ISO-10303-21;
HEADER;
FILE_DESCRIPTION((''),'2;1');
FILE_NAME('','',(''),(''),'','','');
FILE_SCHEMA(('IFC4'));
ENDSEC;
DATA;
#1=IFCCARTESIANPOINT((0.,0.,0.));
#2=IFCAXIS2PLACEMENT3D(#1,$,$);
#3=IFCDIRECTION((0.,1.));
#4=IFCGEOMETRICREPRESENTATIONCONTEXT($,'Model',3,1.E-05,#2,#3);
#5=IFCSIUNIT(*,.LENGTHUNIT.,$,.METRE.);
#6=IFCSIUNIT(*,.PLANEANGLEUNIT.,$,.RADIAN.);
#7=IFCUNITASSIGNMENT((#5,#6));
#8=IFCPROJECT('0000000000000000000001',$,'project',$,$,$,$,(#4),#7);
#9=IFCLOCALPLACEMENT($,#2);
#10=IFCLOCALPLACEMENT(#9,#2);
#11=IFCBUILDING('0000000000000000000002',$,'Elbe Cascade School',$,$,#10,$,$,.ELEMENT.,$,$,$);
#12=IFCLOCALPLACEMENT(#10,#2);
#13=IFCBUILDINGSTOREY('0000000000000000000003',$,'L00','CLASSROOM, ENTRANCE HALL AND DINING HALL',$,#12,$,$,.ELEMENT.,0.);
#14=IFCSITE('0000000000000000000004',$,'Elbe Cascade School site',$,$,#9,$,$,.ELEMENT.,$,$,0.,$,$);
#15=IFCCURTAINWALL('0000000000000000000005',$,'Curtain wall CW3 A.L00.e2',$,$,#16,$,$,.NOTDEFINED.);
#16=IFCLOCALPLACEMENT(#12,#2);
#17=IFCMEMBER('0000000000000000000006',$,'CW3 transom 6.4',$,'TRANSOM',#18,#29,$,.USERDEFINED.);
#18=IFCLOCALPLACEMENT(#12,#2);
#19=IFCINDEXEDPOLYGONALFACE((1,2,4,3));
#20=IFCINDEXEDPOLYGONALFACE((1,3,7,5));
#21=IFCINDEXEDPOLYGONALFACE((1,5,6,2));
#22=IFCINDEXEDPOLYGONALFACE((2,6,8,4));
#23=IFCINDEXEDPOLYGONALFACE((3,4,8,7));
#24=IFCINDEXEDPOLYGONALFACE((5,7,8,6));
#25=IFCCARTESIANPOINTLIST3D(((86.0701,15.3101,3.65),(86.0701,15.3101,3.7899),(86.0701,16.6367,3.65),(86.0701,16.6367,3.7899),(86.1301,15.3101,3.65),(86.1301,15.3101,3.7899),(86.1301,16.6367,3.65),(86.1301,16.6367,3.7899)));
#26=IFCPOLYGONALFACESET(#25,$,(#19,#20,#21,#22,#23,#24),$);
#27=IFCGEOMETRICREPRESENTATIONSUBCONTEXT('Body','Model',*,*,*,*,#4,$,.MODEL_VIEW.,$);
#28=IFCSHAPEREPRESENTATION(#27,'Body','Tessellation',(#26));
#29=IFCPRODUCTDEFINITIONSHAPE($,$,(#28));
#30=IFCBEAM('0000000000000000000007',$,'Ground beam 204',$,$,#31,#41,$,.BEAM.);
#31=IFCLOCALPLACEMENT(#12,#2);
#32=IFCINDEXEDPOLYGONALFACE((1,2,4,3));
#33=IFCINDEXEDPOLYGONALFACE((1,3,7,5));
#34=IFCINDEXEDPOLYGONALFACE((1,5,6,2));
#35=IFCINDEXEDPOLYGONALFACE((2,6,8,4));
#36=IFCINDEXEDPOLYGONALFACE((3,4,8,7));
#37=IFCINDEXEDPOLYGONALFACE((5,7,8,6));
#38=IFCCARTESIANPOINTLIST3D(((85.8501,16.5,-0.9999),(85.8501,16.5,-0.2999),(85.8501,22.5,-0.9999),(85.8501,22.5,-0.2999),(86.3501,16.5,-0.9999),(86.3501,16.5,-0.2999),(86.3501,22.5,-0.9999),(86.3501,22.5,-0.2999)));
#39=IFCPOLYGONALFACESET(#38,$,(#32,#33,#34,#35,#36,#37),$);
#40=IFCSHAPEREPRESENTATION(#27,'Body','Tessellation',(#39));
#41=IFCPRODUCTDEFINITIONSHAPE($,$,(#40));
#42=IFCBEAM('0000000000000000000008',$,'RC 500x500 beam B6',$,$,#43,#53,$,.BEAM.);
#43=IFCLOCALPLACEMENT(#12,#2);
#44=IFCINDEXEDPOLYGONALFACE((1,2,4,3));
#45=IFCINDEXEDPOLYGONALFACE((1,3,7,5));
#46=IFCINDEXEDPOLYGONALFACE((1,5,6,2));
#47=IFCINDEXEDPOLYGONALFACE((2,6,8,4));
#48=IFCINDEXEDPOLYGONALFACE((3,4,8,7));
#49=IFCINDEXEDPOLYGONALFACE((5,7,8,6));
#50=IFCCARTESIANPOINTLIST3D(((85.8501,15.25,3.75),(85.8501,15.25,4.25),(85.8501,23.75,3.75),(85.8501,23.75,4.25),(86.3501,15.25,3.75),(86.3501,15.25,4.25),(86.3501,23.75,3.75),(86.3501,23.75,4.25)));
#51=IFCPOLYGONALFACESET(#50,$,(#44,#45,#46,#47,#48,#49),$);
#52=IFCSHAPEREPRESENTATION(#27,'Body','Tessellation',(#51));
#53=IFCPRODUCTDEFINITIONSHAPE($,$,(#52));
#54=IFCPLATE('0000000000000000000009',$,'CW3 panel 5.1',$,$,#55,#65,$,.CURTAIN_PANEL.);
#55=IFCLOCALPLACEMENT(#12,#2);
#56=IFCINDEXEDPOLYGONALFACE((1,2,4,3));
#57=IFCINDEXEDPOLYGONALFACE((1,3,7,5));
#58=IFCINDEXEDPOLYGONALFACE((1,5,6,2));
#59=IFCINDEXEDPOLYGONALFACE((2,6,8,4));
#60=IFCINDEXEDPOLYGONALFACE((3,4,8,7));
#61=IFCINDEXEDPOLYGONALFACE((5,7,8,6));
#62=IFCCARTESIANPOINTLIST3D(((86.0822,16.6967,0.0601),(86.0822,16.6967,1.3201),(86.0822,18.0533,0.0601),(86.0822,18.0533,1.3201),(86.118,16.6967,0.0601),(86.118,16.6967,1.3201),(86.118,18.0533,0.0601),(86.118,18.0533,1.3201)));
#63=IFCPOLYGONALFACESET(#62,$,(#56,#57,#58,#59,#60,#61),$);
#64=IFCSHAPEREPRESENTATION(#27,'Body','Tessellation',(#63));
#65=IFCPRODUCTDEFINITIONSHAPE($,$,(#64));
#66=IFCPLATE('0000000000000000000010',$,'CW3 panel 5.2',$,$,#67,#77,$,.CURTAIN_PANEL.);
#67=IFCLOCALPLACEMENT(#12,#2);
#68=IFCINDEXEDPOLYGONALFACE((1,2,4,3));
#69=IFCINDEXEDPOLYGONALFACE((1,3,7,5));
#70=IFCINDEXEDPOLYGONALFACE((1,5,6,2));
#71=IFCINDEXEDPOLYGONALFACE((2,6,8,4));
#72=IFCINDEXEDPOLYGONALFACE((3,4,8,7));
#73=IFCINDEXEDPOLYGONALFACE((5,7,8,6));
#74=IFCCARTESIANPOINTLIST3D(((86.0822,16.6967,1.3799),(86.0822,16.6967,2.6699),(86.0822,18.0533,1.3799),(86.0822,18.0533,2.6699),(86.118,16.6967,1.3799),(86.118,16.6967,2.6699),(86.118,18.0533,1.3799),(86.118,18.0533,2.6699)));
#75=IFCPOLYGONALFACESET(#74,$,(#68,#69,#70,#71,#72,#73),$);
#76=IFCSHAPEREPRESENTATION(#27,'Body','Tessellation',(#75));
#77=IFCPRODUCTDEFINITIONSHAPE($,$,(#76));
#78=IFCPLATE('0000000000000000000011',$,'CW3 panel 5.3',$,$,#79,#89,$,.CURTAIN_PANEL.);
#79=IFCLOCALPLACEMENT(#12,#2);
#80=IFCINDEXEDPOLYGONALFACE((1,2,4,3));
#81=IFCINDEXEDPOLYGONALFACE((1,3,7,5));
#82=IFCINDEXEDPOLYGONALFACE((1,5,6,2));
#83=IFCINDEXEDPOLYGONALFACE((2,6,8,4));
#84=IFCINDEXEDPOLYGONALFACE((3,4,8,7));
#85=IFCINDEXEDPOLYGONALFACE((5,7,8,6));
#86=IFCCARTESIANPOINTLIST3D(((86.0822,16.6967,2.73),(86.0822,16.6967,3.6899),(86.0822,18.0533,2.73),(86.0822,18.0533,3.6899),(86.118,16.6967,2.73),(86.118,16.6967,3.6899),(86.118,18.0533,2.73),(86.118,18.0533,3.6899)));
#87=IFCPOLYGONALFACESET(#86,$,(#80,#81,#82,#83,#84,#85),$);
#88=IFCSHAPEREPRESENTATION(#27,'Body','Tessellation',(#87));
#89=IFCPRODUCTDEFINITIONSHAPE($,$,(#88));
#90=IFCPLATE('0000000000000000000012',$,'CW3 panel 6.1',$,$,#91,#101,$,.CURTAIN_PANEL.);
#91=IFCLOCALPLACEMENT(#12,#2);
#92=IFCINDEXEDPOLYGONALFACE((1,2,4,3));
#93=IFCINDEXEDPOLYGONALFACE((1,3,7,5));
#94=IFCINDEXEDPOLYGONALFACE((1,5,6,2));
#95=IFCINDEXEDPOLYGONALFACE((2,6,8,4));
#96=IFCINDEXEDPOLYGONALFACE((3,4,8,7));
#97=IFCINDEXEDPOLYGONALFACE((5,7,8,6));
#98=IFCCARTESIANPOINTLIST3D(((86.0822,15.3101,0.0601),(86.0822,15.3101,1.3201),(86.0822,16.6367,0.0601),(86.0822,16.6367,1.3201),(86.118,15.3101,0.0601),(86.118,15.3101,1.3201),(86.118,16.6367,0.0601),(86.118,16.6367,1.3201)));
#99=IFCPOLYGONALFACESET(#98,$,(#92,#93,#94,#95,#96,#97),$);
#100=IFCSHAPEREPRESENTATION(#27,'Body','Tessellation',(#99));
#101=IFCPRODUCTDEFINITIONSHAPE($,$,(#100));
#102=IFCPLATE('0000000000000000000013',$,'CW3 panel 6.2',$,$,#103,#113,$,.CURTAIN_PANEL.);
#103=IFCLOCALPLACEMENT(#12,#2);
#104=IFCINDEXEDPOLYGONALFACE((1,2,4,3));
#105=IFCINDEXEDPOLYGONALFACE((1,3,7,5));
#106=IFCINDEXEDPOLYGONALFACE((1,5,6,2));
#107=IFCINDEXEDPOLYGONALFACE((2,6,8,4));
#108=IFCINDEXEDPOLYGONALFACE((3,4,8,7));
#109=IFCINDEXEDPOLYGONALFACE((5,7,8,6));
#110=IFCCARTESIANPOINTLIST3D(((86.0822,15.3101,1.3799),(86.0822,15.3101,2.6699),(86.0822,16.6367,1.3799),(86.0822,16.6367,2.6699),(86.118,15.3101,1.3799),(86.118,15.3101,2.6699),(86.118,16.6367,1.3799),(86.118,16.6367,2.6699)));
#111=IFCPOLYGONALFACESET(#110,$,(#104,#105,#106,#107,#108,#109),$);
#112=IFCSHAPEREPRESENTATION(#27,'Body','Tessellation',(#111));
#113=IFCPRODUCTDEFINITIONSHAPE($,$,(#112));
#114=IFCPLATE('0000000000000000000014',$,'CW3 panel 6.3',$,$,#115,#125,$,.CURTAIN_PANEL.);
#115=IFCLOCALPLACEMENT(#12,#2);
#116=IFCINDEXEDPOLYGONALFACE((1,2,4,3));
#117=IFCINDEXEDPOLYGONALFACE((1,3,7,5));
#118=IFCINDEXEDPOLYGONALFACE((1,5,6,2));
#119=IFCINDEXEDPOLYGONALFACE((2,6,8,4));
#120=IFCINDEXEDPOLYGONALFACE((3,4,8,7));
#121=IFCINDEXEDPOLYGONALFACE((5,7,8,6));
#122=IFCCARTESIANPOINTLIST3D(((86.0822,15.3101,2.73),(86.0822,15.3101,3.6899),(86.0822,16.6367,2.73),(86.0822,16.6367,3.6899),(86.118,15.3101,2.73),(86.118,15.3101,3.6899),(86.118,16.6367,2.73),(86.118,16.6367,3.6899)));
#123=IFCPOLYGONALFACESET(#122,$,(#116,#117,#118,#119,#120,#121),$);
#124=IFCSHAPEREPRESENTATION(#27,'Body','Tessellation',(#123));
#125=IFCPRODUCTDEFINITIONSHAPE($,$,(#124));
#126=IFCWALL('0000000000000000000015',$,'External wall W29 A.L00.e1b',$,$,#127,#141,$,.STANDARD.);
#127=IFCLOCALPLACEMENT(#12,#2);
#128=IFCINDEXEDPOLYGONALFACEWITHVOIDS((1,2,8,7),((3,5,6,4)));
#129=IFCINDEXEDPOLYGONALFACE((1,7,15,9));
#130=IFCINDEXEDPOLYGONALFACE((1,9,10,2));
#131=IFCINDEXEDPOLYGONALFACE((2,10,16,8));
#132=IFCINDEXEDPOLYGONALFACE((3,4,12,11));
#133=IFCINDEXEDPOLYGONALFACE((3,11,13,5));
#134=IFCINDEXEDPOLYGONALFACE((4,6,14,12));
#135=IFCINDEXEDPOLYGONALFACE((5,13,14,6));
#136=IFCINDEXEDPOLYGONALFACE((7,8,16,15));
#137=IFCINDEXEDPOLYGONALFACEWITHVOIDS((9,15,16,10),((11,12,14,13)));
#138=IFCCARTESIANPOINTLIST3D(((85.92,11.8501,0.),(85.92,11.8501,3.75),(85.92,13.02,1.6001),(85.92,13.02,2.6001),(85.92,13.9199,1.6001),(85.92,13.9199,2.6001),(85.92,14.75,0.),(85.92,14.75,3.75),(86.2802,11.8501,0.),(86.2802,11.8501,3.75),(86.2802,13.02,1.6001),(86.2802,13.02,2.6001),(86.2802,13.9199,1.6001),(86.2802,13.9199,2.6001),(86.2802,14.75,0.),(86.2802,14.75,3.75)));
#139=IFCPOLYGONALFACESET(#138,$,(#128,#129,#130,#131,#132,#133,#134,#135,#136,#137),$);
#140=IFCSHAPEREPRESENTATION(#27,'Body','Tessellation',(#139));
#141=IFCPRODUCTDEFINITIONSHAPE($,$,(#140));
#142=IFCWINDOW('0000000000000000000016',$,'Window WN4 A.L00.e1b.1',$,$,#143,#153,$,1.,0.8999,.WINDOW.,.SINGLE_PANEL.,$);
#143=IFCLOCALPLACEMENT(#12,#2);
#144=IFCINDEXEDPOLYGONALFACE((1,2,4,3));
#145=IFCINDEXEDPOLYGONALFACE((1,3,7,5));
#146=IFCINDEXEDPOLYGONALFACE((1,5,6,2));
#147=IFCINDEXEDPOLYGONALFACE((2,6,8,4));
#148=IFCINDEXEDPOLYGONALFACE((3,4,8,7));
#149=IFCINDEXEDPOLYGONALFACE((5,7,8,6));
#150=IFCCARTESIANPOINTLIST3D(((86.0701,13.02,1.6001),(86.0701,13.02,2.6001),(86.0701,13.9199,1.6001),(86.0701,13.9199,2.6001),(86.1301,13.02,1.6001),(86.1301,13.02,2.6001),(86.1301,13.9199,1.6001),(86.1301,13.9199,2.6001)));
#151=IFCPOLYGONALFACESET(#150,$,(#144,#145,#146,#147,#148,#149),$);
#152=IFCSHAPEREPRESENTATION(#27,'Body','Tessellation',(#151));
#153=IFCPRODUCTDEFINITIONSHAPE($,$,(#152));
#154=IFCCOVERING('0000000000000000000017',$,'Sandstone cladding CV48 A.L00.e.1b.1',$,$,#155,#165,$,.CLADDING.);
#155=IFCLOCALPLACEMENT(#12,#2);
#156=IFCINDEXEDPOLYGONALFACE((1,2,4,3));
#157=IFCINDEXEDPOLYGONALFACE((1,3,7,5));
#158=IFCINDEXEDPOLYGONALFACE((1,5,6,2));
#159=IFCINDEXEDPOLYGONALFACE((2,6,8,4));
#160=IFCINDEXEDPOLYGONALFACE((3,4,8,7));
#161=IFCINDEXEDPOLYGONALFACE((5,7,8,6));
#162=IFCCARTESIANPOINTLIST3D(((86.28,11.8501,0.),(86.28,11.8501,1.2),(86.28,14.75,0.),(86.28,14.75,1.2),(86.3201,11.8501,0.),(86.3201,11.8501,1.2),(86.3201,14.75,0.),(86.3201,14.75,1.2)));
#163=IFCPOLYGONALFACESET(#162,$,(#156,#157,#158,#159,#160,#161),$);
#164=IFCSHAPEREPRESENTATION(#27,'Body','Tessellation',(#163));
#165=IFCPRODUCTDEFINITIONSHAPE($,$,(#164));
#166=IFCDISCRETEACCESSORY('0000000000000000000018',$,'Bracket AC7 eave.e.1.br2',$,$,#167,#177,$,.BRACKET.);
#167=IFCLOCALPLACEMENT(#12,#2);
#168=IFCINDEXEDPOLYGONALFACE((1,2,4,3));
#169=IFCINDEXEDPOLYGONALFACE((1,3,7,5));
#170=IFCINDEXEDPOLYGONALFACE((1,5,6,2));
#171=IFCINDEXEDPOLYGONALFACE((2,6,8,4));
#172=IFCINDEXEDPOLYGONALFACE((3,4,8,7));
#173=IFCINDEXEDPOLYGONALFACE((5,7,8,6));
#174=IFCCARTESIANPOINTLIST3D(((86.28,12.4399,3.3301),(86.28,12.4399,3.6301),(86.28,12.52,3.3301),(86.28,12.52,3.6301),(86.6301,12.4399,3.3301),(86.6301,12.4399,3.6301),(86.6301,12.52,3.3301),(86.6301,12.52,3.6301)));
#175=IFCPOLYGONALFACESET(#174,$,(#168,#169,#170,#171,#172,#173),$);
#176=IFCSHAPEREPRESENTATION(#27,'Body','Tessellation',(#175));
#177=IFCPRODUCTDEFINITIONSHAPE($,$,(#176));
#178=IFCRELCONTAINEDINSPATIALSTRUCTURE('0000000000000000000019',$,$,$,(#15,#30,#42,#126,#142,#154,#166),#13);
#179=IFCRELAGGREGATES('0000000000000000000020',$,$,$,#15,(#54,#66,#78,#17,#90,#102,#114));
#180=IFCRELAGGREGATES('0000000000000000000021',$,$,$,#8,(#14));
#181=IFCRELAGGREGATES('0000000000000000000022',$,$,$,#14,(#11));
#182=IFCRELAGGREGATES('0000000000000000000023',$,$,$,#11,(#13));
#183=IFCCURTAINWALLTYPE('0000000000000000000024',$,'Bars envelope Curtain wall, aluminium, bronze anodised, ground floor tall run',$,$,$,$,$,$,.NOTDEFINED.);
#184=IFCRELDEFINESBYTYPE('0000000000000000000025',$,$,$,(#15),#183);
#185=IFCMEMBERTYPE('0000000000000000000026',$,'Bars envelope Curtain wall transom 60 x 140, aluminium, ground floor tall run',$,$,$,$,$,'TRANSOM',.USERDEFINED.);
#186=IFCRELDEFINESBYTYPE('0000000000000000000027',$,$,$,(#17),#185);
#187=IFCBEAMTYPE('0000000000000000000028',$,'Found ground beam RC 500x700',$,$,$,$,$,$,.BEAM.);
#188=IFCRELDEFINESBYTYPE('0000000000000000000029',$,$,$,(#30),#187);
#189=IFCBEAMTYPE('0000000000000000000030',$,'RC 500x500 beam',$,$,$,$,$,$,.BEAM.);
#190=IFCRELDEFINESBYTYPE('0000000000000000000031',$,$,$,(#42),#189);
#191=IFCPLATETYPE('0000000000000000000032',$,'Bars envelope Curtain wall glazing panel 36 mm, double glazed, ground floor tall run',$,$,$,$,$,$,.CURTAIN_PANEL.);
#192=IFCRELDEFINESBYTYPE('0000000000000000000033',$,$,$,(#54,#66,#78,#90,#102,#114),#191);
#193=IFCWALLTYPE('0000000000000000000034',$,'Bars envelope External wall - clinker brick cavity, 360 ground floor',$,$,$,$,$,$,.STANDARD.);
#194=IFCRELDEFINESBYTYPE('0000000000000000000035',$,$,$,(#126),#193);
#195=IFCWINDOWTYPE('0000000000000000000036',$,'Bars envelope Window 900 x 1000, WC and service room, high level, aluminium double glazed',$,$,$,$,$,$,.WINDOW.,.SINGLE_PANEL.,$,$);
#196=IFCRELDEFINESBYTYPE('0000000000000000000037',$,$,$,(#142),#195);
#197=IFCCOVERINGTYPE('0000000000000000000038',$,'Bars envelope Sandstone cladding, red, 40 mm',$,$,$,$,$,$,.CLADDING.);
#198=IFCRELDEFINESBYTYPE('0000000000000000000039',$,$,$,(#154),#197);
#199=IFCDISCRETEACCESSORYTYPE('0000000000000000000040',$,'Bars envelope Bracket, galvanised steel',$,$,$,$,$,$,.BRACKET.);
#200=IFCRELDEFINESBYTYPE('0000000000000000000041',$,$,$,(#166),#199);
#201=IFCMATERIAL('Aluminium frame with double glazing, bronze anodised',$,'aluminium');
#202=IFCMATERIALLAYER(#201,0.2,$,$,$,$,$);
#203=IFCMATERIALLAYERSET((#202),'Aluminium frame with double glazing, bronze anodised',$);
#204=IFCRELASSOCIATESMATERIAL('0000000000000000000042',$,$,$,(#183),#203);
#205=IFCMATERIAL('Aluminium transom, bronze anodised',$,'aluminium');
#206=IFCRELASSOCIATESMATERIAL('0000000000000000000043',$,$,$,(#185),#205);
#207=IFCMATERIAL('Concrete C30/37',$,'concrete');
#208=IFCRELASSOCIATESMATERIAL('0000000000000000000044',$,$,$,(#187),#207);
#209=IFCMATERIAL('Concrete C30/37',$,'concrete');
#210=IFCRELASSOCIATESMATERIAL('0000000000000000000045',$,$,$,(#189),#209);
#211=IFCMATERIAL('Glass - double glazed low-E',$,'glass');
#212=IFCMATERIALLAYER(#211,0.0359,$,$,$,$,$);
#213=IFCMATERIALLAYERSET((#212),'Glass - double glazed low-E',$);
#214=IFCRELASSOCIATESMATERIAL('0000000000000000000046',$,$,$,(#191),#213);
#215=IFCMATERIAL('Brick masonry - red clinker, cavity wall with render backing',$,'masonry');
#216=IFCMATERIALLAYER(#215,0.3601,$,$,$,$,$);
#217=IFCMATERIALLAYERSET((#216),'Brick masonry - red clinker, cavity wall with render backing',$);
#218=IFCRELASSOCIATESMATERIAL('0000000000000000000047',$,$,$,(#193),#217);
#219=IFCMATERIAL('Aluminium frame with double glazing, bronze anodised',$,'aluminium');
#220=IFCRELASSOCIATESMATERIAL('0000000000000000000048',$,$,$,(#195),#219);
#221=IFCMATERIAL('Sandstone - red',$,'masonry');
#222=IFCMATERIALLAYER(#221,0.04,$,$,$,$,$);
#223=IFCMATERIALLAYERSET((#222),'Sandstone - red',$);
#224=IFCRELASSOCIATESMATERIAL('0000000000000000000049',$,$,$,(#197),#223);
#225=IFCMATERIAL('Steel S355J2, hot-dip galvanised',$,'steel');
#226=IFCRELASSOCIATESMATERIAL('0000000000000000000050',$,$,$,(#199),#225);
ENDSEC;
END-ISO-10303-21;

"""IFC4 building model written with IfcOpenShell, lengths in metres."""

from ifc_helpers import new_model, si_unit, direction, frame, frame_2d, origin, origin_2d, place, context, subcontext, project, spatial, rectangle, extrude, material, layer, layer_set, material_profile, profile_set, type_object, element, fill, aggregate, save


model = new_model("IFC4")

# Units and contexts
model_context = context("Model", 3, precision=1e-05, world=origin(), true_north=direction((0.0, 1.0)))
body_context = subcontext(model_context, "Body", "Model", "MODEL_VIEW")
ifc_project = project(units=[si_unit("LENGTHUNIT", "METRE"), si_unit("PLANEANGLEUNIT", "RADIAN")], contexts=[model_context])

# Site, building, storey
site_placement = place(None, origin())
site = spatial("IfcSite", under=ifc_project, at=site_placement, Name="Elbe Cascade School site", CompositionType="ELEMENT", RefElevation=0.0)
building_placement = place(site_placement, origin())
building = spatial("IfcBuilding", under=site, at=building_placement, Name="Elbe Cascade School", CompositionType="ELEMENT")
storey_placement = place(building_placement, origin())
storey = spatial("IfcBuildingStorey", under=building, at=storey_placement, Name="L00", Description="CLASSROOM, ENTRANCE HALL AND DINING HALL", CompositionType="ELEMENT", Elevation=0.0)

# Curtain wall, member
ifc_material_1 = material(Name="Aluminium frame with double glazing, bronze anodised", Category="aluminium")
ifc_layer_1 = layer(ifc_material_1, 0.2)
ifc_layer_set_1 = layer_set([ifc_layer_1], Name="Aluminium frame with double glazing, bronze anodised")
curtain_wall_type = type_object("IfcCurtainWallType", Name="Bars envelope Curtain wall, aluminium, bronze anodised, ground floor tall run", PredefinedType="NOTDEFINED", material=ifc_layer_set_1)
curtain_wall_placement = place(storey_placement, origin())
curtain_wall = element("IfcCurtainWall", 1, at=curtain_wall_placement, inside=storey, type_object=curtain_wall_type, Name="Curtain wall CW3 A.L00.e2", PredefinedType="NOTDEFINED")
ifc_material_2 = material(Name="Aluminium transom, bronze anodised", Category="aluminium")
ifc_material_profile_1 = material_profile(ifc_material_2, rectangle(XDim=0.0601, YDim=0.1399, at=origin_2d()), Name="Bars envelope Curtain wall transom 60 x 140, aluminium, ground floor tall run")
ifc_profile_set_1 = profile_set([ifc_material_profile_1], Name="Aluminium transom, bronze anodised")
member_type_1 = type_object("IfcMemberType", Name="Bars envelope Curtain wall transom 60 x 140, aluminium, ground floor tall run", ElementType="TRANSOM", PredefinedType="USERDEFINED", material=ifc_profile_set_1)
member_1_placement = place(storey_placement, frame((86.1001, 16.6367, 3.72), z_axis=(0.0, -1.0, 0.0), x_axis=(1.0, 0.0, 0.0)))
member_1 = element("IfcMember", 2, at=member_1_placement, type_object=member_type_1, Name="CW3 transom 6.4", ObjectType="TRANSOM", PredefinedType="USERDEFINED", context=body_context, shape_type="SweptSolid", body=[
    extrude(rectangle(XDim=0.0601, YDim=0.1399, at=origin_2d()), origin(), (0.0, 0.0, 1.0), 1.3267),
])

# Beams
ifc_material_3 = material(Name="Concrete C30/37", Category="concrete")
ifc_material_profile_2 = material_profile(ifc_material_3, rectangle(XDim=0.5, YDim=0.7, at=origin_2d()), Name="RC 500x700")
ifc_profile_set_2 = profile_set([ifc_material_profile_2], Name="Concrete C30/37")
beam_type_1 = type_object("IfcBeamType", Name="Found ground beam RC 500x700", PredefinedType="BEAM", material=ifc_profile_set_2)
beam_1_placement = place(storey_placement, frame((86.1001, 16.5, -0.6499), z_axis=(0.0, 1.0, 0.0), x_axis=(-1.0, 0.0, 0.0)))
element("IfcBeam", 3, at=beam_1_placement, inside=storey, type_object=beam_type_1, Name="Ground beam 204", PredefinedType="BEAM", context=body_context, shape_type="SweptSolid", body=[
    extrude(rectangle(XDim=0.5, YDim=0.7, at=origin_2d()), origin(), (0.0, 0.0, 1.0), 6.0),
])
ifc_material_4 = material(Name="Concrete C30/37", Category="concrete")
ifc_material_profile_3 = material_profile(ifc_material_4, rectangle(XDim=0.5, YDim=0.5, at=origin_2d()), Name="RC 500x500")
ifc_profile_set_3 = profile_set([ifc_material_profile_3], Name="Concrete C30/37")
beam_type_2 = type_object("IfcBeamType", Name="RC 500x500 beam", PredefinedType="BEAM", material=ifc_profile_set_3)
beam_2_placement = place(storey_placement, frame((86.1001, 15.25, 4.0), z_axis=(0.0, 1.0, 0.0), x_axis=(-1.0, 0.0, 0.0)))
element("IfcBeam", 4, at=beam_2_placement, inside=storey, type_object=beam_type_2, Name="RC 500x500 beam B6", PredefinedType="BEAM", context=body_context, shape_type="SweptSolid", body=[
    extrude(rectangle(XDim=0.5, YDim=0.5, at=origin_2d()), origin(), (0.0, 0.0, 1.0), 8.5),
])

# Plates
ifc_material_5 = material(Name="Glass - double glazed low-E", Category="glass")
ifc_layer_2 = layer(ifc_material_5, 0.0359)
ifc_layer_set_2 = layer_set([ifc_layer_2], Name="Glass - double glazed low-E")
plate_type = type_object("IfcPlateType", Name="Bars envelope Curtain wall glazing panel 36 mm, double glazed, ground floor tall run", PredefinedType="CURTAIN_PANEL", material=ifc_layer_set_2)
plate_1_placement = place(storey_placement, frame((86.1001, 17.375, 0.0601), z_axis=(0.0, 0.0, 1.0), x_axis=(0.0, -1.0, 0.0)))
plate_1 = element("IfcPlate", 5, at=plate_1_placement, type_object=plate_type, Name="CW3 panel 5.1", PredefinedType="CURTAIN_PANEL", context=body_context, shape_type="SweptSolid", body=[
    extrude(rectangle(XDim=1.3567, YDim=0.0359, at=origin_2d()), origin(), (0.0, 0.0, 1.0), 1.26),
])
plate_2_placement = place(storey_placement, frame((86.1001, 17.375, 1.3799), z_axis=(0.0, 0.0, 1.0), x_axis=(0.0, -1.0, 0.0)))
plate_2 = element("IfcPlate", 6, at=plate_2_placement, type_object=plate_type, Name="CW3 panel 5.2", PredefinedType="CURTAIN_PANEL", context=body_context, shape_type="SweptSolid", body=[
    extrude(rectangle(XDim=1.3567, YDim=0.0359, at=origin_2d()), origin(), (0.0, 0.0, 1.0), 1.29),
])
plate_3_placement = place(storey_placement, frame((86.1001, 17.375, 2.73), z_axis=(0.0, 0.0, 1.0), x_axis=(0.0, -1.0, 0.0)))
plate_3 = element("IfcPlate", 7, at=plate_3_placement, type_object=plate_type, Name="CW3 panel 5.3", PredefinedType="CURTAIN_PANEL", context=body_context, shape_type="SweptSolid", body=[
    extrude(rectangle(XDim=1.3567, YDim=0.0359, at=origin_2d()), origin(), (0.0, 0.0, 1.0), 0.96),
])
plate_4_placement = place(storey_placement, frame((86.1001, 15.9734, 0.0601), z_axis=(0.0, 0.0, 1.0), x_axis=(0.0, -1.0, 0.0)))
plate_4 = element("IfcPlate", 8, at=plate_4_placement, type_object=plate_type, Name="CW3 panel 6.1", PredefinedType="CURTAIN_PANEL", context=body_context, shape_type="SweptSolid", body=[
    extrude(rectangle(XDim=1.3267, YDim=0.0359, at=origin_2d()), origin(), (0.0, 0.0, 1.0), 1.26),
])
plate_5_placement = place(storey_placement, frame((86.1001, 15.9734, 1.3799), z_axis=(0.0, 0.0, 1.0), x_axis=(0.0, -1.0, 0.0)))
plate_5 = element("IfcPlate", 9, at=plate_5_placement, type_object=plate_type, Name="CW3 panel 6.2", PredefinedType="CURTAIN_PANEL", context=body_context, shape_type="SweptSolid", body=[
    extrude(rectangle(XDim=1.3267, YDim=0.0359, at=origin_2d()), origin(), (0.0, 0.0, 1.0), 1.29),
])
plate_6_placement = place(storey_placement, frame((86.1001, 15.9734, 2.73), z_axis=(0.0, 0.0, 1.0), x_axis=(0.0, -1.0, 0.0)))
plate_6 = element("IfcPlate", 10, at=plate_6_placement, type_object=plate_type, Name="CW3 panel 6.3", PredefinedType="CURTAIN_PANEL", context=body_context, shape_type="SweptSolid", body=[
    extrude(rectangle(XDim=1.3267, YDim=0.0359, at=origin_2d()), origin(), (0.0, 0.0, 1.0), 0.96),
])
aggregate(curtain_wall, [plate_1, plate_2, plate_3, member_1, plate_4, plate_5, plate_6])

# Wall, opening, window
ifc_material_6 = material(Name="Brick masonry - red clinker, cavity wall with render backing", Category="masonry")
ifc_layer_3 = layer(ifc_material_6, 0.3601)
ifc_layer_set_3 = layer_set([ifc_layer_3], Name="Brick masonry - red clinker, cavity wall with render backing")
wall_type = type_object("IfcWallType", Name="Bars envelope External wall - clinker brick cavity, 360 ground floor", PredefinedType="STANDARD", material=ifc_layer_set_3)
wall_placement = place(storey_placement, frame((86.1001, 14.75, 0.0), z_axis=(0.0, 0.0, 1.0), x_axis=(0.0, -1.0, 0.0)))
wall = element("IfcWall", 11, at=wall_placement, inside=storey, type_object=wall_type, Name="External wall W29 A.L00.e1b", PredefinedType="STANDARD", context=body_context, shape_type="SweptSolid", body=[
    extrude(rectangle(XDim=2.8999, YDim=0.3601, at=frame_2d((1.45, 0.0))), origin(), (0.0, 0.0, 1.0), 3.75),
])
opening_placement = place(wall_placement, frame((0.8301, 0.0, 1.6001)))
opening = element("IfcOpeningElement", 12, at=opening_placement, cuts=wall, PredefinedType="OPENING", context=body_context, shape_type="SweptSolid", body=[
    extrude(rectangle(XDim=0.8999, YDim=1.0, at=frame_2d((0.45, 0.5))), frame((0.0, 0.1899, 0.0), z_axis=(0.0, -1.0, 0.0), x_axis=(1.0, 0.0, 0.0)), (0.0, 0.0, 1.0), 0.3801),
])
ifc_material_7 = material(Name="Aluminium frame with double glazing, bronze anodised", Category="aluminium")
window_type = type_object("IfcWindowType", Name="Bars envelope Window 900 x 1000, WC and service room, high level, aluminium double glazed", PartitioningType="SINGLE_PANEL", PredefinedType="WINDOW", material=ifc_material_7)
window_placement = place(opening_placement, origin())
window = element("IfcWindow", 13, at=window_placement, inside=storey, type_object=window_type, Name="Window WN4 A.L00.e1b.1", OverallHeight=1.0, OverallWidth=0.8999, PartitioningType="SINGLE_PANEL", PredefinedType="WINDOW", context=body_context, shape_type="SweptSolid", body=[
    extrude(rectangle(XDim=0.8999, YDim=1.0, at=frame_2d((0.45, 0.5))), frame((0.0, 0.03, 0.0), z_axis=(0.0, -1.0, 0.0), x_axis=(1.0, 0.0, 0.0)), (0.0, 0.0, 1.0), 0.0601),
])
fill(opening, window)

# Covering
ifc_material_8 = material(Name="Sandstone - red", Category="masonry")
ifc_layer_4 = layer(ifc_material_8, 0.04)
ifc_layer_set_4 = layer_set([ifc_layer_4], Name="Sandstone - red")
covering_type = type_object("IfcCoveringType", Name="Bars envelope Sandstone cladding, red, 40 mm", PredefinedType="CLADDING", material=ifc_layer_set_4)
covering_placement = place(storey_placement, frame((86.3, 13.3, 0.0), z_axis=(0.0, 0.0, 1.0), x_axis=(0.0, 1.0, 0.0)))
element("IfcCovering", 14, at=covering_placement, inside=storey, type_object=covering_type, Name="Sandstone cladding CV48 A.L00.e.1b.1", PredefinedType="CLADDING", context=body_context, shape_type="SweptSolid", body=[
    extrude(rectangle(XDim=2.8999, YDim=0.04, at=origin_2d()), origin(), (0.0, 0.0, 1.0), 1.2),
])

# Discrete accessory
ifc_material_9 = material(Name="Steel S355J2, hot-dip galvanised", Category="steel")
discrete_accessory_type = type_object("IfcDiscreteAccessoryType", Name="Bars envelope Bracket, galvanised steel", PredefinedType="BRACKET", material=ifc_material_9)
discrete_accessory_placement = place(storey_placement, frame((86.4551, 12.48, 3.3301), z_axis=(0.0, 0.0, 1.0), x_axis=(0.0, 1.0, 0.0)))
element("IfcDiscreteAccessory", 15, at=discrete_accessory_placement, inside=storey, type_object=discrete_accessory_type, Name="Bracket AC7 eave.e.1.br2", PredefinedType="BRACKET", context=body_context, shape_type="SweptSolid", body=[
    extrude(rectangle(XDim=0.0801, YDim=0.3501, at=origin_2d()), origin(), (0.0, 0.0, 1.0), 0.3),
])

save(model, "model.ifc")
